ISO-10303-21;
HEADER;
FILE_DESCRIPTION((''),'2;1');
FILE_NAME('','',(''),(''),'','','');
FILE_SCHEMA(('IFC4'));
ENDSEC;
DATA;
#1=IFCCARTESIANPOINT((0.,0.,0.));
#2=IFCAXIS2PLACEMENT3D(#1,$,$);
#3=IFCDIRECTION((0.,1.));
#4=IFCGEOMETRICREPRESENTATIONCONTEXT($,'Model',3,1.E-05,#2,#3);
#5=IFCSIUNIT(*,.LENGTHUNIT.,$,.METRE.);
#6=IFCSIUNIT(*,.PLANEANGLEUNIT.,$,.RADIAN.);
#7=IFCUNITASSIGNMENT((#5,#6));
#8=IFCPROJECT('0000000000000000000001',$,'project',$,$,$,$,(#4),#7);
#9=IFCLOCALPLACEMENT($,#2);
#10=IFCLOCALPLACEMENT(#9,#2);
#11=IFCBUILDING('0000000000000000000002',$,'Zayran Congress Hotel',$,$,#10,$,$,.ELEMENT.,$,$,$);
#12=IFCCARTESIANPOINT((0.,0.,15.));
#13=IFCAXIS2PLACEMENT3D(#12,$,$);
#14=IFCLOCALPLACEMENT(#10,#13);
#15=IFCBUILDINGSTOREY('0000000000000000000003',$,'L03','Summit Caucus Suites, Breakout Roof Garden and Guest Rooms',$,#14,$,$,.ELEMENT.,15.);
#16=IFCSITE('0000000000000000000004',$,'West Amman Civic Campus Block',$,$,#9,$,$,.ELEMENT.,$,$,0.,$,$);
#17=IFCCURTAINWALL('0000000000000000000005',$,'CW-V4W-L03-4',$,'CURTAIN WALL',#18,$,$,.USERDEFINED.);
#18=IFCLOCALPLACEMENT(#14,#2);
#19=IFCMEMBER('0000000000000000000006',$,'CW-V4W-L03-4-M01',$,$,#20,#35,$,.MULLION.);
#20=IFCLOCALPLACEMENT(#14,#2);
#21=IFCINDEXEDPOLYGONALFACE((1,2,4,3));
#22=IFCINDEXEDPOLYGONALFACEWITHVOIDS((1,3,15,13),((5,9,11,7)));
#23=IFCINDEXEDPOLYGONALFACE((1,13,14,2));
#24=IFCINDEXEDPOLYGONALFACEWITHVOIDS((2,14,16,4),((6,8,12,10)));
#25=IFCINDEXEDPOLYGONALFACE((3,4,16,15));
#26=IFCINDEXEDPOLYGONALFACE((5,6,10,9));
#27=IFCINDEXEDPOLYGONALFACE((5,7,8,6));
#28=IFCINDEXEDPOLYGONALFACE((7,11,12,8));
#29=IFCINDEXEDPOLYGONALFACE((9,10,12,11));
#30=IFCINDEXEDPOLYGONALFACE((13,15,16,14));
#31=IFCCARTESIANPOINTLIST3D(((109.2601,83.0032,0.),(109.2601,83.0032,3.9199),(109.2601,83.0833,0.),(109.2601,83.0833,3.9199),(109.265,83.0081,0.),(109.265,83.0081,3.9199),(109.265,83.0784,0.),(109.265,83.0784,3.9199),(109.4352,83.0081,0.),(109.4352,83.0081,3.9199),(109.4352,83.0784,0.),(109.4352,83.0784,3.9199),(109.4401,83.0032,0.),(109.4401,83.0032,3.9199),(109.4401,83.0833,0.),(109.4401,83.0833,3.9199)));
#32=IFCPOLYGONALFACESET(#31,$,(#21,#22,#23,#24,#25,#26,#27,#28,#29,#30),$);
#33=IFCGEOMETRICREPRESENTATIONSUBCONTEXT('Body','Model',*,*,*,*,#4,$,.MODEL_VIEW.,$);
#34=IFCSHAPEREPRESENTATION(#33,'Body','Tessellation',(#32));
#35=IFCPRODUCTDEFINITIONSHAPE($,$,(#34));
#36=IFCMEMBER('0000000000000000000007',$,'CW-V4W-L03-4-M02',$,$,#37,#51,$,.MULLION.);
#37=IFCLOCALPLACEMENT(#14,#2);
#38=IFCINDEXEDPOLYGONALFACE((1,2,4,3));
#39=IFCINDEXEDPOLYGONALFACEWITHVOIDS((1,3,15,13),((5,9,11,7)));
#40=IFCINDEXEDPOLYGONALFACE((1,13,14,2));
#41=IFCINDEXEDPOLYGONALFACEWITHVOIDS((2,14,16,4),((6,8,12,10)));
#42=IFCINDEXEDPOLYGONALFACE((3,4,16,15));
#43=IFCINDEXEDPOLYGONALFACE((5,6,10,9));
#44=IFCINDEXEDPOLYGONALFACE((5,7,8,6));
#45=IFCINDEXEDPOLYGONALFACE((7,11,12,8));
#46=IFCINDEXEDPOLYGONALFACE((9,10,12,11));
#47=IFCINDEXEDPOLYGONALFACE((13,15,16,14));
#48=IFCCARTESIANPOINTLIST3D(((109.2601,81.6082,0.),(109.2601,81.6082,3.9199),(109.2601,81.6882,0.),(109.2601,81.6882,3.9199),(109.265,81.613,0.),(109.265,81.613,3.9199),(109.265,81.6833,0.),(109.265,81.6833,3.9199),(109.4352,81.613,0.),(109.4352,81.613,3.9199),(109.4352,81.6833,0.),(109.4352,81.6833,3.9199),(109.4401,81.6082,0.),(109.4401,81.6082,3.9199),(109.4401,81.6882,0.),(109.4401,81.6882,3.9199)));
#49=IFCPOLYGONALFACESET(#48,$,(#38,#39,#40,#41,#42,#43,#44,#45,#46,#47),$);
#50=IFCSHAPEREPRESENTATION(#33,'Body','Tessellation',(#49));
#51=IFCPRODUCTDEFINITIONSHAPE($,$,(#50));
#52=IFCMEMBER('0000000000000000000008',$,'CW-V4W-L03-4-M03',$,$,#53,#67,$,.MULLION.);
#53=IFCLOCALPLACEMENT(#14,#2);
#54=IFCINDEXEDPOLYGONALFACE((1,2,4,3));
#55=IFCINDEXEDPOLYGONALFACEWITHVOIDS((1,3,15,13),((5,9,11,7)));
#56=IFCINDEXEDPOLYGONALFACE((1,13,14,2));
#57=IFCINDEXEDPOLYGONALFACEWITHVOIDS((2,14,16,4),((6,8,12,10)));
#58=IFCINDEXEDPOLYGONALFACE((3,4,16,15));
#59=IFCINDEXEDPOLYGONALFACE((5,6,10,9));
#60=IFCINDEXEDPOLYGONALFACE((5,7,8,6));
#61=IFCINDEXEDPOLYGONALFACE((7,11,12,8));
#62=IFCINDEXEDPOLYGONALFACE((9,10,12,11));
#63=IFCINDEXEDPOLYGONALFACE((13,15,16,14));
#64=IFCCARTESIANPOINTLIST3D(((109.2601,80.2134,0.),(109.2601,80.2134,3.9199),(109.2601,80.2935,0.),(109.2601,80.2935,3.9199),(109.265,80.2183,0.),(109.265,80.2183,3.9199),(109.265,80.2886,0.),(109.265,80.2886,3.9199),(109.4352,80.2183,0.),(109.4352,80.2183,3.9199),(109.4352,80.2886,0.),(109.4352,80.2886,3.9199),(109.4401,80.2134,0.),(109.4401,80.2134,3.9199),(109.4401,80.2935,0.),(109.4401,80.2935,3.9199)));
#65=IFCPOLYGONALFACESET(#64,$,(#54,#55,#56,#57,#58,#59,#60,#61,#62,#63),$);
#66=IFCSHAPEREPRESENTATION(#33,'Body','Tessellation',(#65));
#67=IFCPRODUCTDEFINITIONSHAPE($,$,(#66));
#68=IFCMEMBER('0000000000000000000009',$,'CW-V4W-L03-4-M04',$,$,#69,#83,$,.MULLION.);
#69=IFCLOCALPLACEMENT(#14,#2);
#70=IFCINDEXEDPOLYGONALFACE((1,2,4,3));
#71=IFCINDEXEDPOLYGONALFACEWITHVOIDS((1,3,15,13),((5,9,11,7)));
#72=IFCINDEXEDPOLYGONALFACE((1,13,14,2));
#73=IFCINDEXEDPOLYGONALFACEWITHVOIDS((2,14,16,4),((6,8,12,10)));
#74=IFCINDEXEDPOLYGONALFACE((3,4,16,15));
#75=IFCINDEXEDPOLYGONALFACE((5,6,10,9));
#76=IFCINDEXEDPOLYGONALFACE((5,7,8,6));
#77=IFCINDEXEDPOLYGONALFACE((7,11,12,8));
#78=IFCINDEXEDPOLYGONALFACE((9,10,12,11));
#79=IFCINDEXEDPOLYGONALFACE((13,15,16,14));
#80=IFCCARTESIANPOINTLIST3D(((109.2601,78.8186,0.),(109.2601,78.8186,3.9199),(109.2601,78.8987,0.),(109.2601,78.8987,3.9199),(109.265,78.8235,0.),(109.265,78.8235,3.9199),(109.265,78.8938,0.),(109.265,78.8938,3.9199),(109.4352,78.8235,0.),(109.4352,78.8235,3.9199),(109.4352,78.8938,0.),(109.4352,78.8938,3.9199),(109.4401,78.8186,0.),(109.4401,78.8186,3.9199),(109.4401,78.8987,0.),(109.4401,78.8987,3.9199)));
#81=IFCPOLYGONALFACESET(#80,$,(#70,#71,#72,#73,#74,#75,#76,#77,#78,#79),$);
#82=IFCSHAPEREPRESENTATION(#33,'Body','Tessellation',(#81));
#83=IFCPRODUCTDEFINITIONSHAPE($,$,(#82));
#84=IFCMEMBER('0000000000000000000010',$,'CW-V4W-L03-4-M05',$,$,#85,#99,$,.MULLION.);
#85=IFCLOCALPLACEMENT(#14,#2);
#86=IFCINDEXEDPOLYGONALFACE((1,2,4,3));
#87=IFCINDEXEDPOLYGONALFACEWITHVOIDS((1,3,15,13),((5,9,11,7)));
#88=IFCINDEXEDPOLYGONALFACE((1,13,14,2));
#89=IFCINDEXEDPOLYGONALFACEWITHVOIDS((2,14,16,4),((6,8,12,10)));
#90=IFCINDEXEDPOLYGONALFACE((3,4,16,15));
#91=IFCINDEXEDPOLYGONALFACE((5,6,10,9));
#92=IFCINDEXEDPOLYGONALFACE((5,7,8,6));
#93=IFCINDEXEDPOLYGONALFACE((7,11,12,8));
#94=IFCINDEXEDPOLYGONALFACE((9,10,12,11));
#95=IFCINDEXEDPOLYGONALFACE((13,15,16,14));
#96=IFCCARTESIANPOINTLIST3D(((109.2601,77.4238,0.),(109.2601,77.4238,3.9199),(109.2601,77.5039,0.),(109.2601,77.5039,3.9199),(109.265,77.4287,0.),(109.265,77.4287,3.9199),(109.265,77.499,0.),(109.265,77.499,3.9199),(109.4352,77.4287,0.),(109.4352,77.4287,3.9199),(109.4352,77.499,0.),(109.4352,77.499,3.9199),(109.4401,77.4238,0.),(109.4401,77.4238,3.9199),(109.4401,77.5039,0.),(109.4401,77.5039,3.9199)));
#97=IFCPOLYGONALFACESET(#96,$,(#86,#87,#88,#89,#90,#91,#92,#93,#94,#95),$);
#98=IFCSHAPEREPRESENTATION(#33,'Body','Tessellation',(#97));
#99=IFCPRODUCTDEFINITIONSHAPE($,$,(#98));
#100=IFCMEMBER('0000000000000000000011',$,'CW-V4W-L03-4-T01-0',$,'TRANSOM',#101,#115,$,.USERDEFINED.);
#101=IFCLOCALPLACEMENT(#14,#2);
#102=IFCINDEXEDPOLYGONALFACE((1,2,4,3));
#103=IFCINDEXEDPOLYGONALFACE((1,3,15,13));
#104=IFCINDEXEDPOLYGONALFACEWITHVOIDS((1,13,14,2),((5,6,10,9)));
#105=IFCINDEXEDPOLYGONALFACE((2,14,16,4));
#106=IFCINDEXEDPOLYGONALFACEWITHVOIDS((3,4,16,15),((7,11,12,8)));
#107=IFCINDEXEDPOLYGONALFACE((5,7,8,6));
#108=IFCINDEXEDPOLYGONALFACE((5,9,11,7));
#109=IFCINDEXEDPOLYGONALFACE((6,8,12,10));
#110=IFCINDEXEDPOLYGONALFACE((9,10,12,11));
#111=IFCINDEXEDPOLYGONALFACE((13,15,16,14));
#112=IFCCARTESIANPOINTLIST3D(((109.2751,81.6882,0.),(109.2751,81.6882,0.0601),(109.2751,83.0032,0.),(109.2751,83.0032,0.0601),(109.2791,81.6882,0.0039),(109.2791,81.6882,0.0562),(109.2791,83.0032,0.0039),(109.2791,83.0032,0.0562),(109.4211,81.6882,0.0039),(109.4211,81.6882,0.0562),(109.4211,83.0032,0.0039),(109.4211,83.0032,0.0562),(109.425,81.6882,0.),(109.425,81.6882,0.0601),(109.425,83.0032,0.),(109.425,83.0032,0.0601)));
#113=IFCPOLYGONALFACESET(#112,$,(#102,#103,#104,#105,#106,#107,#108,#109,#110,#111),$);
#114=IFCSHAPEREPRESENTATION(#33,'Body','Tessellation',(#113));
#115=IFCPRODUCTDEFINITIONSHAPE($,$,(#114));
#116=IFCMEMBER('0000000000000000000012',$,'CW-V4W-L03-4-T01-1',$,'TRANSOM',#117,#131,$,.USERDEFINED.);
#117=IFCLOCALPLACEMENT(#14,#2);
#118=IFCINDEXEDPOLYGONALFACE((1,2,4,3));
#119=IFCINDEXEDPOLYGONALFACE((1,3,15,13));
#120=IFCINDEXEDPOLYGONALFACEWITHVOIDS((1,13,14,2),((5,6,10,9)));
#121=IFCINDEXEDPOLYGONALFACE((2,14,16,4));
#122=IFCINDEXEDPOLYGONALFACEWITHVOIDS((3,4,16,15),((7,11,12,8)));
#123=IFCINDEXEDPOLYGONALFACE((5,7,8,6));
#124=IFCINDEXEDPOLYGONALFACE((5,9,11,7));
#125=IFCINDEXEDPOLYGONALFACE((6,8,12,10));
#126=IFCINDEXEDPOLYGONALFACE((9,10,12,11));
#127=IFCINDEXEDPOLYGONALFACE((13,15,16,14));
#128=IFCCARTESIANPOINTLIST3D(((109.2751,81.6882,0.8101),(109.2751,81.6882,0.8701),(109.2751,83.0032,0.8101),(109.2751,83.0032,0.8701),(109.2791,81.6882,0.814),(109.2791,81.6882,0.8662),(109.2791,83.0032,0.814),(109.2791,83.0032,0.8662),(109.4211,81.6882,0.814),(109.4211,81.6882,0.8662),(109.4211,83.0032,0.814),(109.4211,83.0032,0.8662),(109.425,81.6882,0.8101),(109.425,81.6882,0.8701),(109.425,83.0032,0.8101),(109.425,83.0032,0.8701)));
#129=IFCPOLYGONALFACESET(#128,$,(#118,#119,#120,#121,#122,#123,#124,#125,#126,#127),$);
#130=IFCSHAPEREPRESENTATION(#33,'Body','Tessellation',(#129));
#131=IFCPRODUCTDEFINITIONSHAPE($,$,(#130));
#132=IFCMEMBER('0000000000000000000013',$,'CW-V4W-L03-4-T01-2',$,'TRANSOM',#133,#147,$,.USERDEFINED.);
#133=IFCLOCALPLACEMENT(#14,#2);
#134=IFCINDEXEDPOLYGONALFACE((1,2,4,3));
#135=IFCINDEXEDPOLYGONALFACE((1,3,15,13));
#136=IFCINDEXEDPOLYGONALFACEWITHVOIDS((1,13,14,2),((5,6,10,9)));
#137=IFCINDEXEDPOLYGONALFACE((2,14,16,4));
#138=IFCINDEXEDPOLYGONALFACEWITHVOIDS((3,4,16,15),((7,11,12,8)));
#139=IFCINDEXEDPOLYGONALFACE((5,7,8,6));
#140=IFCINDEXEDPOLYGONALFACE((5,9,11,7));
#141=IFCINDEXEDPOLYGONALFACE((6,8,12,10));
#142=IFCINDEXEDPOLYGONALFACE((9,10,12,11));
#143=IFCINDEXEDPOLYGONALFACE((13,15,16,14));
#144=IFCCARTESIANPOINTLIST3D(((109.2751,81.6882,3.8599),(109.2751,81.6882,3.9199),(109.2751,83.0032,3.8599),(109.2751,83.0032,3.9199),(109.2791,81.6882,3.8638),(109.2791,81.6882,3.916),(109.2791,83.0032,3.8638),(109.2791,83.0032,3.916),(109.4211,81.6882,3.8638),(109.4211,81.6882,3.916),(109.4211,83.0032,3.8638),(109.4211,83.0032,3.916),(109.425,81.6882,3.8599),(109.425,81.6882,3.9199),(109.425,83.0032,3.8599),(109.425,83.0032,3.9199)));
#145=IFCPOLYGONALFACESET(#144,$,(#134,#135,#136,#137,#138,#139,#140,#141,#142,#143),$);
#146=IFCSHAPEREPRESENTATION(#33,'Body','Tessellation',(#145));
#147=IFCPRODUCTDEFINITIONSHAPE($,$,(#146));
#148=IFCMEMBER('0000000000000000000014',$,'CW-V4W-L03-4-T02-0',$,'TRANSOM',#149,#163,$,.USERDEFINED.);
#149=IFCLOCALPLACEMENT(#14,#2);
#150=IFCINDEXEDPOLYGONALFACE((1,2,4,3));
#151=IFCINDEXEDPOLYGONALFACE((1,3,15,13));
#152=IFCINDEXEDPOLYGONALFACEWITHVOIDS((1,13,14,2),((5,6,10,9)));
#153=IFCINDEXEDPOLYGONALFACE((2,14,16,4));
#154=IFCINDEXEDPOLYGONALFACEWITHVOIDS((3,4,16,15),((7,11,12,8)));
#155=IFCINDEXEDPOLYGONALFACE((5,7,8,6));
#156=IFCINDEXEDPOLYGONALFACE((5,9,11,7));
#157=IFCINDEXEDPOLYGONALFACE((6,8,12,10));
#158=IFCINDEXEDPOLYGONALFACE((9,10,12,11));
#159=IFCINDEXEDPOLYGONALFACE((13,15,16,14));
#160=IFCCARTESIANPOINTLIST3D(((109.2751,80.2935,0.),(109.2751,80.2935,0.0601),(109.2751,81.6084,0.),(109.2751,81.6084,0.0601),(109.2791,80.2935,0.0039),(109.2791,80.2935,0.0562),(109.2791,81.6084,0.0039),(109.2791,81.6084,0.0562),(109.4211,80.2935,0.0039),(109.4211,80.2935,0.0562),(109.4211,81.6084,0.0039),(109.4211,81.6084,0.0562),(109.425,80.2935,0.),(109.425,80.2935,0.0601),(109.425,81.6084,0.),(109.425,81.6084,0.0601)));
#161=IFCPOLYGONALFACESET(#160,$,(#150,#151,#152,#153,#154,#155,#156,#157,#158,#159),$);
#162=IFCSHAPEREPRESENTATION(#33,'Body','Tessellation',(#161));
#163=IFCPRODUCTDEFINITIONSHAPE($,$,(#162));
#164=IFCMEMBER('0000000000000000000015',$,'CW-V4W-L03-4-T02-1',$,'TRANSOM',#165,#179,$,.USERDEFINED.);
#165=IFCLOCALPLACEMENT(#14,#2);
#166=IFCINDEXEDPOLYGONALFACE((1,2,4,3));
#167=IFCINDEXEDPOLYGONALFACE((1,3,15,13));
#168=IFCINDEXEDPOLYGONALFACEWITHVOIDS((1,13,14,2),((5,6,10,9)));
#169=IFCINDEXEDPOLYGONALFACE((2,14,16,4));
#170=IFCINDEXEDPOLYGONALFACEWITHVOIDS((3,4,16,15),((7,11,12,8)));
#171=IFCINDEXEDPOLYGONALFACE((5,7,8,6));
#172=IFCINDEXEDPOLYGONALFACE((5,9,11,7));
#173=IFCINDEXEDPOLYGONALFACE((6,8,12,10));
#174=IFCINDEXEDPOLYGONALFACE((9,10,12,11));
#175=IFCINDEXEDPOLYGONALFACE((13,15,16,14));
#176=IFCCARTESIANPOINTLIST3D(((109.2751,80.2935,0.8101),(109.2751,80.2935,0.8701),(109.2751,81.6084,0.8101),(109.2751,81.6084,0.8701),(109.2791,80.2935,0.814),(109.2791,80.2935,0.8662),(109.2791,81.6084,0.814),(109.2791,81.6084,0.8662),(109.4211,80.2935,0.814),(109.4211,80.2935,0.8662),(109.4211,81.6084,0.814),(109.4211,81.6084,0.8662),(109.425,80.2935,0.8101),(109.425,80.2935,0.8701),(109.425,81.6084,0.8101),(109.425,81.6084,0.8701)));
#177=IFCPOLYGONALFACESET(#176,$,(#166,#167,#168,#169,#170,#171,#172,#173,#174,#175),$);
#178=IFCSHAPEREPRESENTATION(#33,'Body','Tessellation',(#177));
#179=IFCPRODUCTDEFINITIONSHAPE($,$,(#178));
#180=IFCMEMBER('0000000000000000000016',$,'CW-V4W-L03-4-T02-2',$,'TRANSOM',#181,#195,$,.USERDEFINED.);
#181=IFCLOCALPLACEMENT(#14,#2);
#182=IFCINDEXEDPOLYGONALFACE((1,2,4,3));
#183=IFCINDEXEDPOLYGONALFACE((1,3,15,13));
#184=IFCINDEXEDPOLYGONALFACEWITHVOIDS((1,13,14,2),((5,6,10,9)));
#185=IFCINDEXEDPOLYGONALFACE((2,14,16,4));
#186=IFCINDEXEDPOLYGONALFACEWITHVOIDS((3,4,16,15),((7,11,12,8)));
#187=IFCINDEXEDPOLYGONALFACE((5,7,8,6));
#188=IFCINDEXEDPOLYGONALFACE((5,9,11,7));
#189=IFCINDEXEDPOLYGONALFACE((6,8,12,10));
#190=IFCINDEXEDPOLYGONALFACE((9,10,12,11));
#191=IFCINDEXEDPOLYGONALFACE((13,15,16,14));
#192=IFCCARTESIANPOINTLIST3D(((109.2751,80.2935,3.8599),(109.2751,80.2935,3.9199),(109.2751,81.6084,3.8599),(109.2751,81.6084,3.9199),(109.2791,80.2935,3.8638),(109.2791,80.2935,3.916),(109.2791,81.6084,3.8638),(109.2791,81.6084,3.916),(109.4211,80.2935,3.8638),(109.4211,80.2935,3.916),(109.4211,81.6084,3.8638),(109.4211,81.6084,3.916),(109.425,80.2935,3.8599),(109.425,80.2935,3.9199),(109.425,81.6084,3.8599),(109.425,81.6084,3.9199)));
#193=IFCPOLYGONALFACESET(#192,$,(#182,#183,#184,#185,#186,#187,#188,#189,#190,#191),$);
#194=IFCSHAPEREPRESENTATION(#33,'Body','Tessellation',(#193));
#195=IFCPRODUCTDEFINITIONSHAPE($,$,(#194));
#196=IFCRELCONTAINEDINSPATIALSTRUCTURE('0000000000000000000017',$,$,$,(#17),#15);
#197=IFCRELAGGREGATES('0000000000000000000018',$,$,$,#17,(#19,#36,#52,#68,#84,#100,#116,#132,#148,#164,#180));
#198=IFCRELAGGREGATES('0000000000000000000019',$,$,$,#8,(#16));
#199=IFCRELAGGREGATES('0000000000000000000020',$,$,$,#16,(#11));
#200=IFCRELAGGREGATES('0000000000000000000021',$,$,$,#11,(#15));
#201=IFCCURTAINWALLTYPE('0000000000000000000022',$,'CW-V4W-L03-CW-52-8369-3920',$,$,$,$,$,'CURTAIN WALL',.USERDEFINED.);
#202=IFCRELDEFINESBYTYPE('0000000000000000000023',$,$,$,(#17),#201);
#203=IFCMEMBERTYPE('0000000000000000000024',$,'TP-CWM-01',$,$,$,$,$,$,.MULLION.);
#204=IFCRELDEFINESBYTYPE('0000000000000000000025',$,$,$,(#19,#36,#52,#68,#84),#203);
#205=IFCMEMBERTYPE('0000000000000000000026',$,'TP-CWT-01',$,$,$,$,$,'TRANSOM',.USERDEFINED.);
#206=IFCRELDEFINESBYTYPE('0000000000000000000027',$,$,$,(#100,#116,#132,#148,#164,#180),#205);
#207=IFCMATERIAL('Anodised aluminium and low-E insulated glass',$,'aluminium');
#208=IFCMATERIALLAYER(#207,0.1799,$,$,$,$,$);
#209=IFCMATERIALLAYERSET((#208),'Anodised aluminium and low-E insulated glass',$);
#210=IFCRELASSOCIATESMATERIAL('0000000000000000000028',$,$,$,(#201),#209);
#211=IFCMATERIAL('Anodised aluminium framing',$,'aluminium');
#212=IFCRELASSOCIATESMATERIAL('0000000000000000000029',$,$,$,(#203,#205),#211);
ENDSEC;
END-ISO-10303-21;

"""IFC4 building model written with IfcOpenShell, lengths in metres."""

from ifc_helpers import new_model, si_unit, direction, frame, origin, origin_2d, place, context, subcontext, project, spatial, hollow_rectangle, extrude, material, layer, layer_set, material_profile, profile_set, type_object, element, aggregate, save


model = new_model("IFC4")

# Units and contexts
model_context = context("Model", 3, precision=1e-05, world=origin(), true_north=direction((0.0, 1.0)))
body_context = subcontext(model_context, "Body", "Model", "MODEL_VIEW")
ifc_project = project(units=[si_unit("LENGTHUNIT", "METRE"), si_unit("PLANEANGLEUNIT", "RADIAN")], contexts=[model_context])

# Site, building, storey
site_placement = place(None, origin())
site = spatial("IfcSite", under=ifc_project, at=site_placement, Name="West Amman Civic Campus Block", CompositionType="ELEMENT", RefElevation=0.0)
building_placement = place(site_placement, origin())
building = spatial("IfcBuilding", under=site, at=building_placement, Name="Zayran Congress Hotel", CompositionType="ELEMENT")
storey_placement = place(building_placement, frame((0.0, 0.0, 15.0)))
storey = spatial("IfcBuildingStorey", under=building, at=storey_placement, Name="L03", Description="Summit Caucus Suites, Breakout Roof Garden and Guest Rooms", CompositionType="ELEMENT", Elevation=15.0)

# Curtain wall, members
ifc_material_1 = material(Name="Anodised aluminium and low-E insulated glass", Category="aluminium")
ifc_layer_1 = layer(ifc_material_1, 0.1799)
ifc_layer_set_1 = layer_set([ifc_layer_1], Name="Anodised aluminium and low-E insulated glass")
curtain_wall_type = type_object("IfcCurtainWallType", Name="CW-V4W-L03-CW-52-8369-3920", ElementType="CURTAIN WALL", PredefinedType="USERDEFINED", material=ifc_layer_set_1)
curtain_wall_placement = place(storey_placement, origin())
curtain_wall = element("IfcCurtainWall", 1, at=curtain_wall_placement, inside=storey, type_object=curtain_wall_type, Name="CW-V4W-L03-4", ObjectType="CURTAIN WALL", PredefinedType="USERDEFINED")
ifc_material_2 = material(Name="Anodised aluminium framing", Category="aluminium")
ifc_material_profile_1 = material_profile(ifc_material_2, hollow_rectangle(XDim=0.0801, YDim=0.1799, WallThickness=0.0049, at=origin_2d()), Name="RHS 180x80x5")
ifc_profile_set_1 = profile_set([ifc_material_profile_1], Name="Anodised aluminium framing")
member_type_1 = type_object("IfcMemberType", Name="TP-CWM-01", PredefinedType="MULLION", material=ifc_profile_set_1)
member_1_placement = place(storey_placement, frame((109.3501, 83.0432, 0.0), z_axis=(0.0, 0.0, 1.0), x_axis=(0.0, 1.0, 0.0)))
member_1 = element("IfcMember", 2, at=member_1_placement, type_object=member_type_1, Name="CW-V4W-L03-4-M01", PredefinedType="MULLION", context=body_context, shape_type="SweptSolid", body=[
    extrude(hollow_rectangle(XDim=0.0801, YDim=0.1799, WallThickness=0.0049, at=origin_2d()), origin(), (0.0, 0.0, 1.0), 3.9199),
])
member_2_placement = place(storey_placement, frame((109.3501, 81.6482, 0.0), z_axis=(0.0, 0.0, 1.0), x_axis=(0.0, 1.0, 0.0)))
member_2 = element("IfcMember", 3, at=member_2_placement, type_object=member_type_1, Name="CW-V4W-L03-4-M02", PredefinedType="MULLION", context=body_context, shape_type="SweptSolid", body=[
    extrude(hollow_rectangle(XDim=0.0801, YDim=0.1799, WallThickness=0.0049, at=origin_2d()), origin(), (0.0, 0.0, 1.0), 3.9199),
])
member_3_placement = place(storey_placement, frame((109.3501, 80.2534, 0.0), z_axis=(0.0, 0.0, 1.0), x_axis=(0.0, 1.0, 0.0)))
member_3 = element("IfcMember", 4, at=member_3_placement, type_object=member_type_1, Name="CW-V4W-L03-4-M03", PredefinedType="MULLION", context=body_context, shape_type="SweptSolid", body=[
    extrude(hollow_rectangle(XDim=0.0801, YDim=0.1799, WallThickness=0.0049, at=origin_2d()), origin(), (0.0, 0.0, 1.0), 3.9199),
])
member_4_placement = place(storey_placement, frame((109.3501, 78.8586, 0.0), z_axis=(0.0, 0.0, 1.0), x_axis=(0.0, 1.0, 0.0)))
member_4 = element("IfcMember", 5, at=member_4_placement, type_object=member_type_1, Name="CW-V4W-L03-4-M04", PredefinedType="MULLION", context=body_context, shape_type="SweptSolid", body=[
    extrude(hollow_rectangle(XDim=0.0801, YDim=0.1799, WallThickness=0.0049, at=origin_2d()), origin(), (0.0, 0.0, 1.0), 3.9199),
])
member_5_placement = place(storey_placement, frame((109.3501, 77.4639, 0.0), z_axis=(0.0, 0.0, 1.0), x_axis=(0.0, 1.0, 0.0)))
member_5 = element("IfcMember", 6, at=member_5_placement, type_object=member_type_1, Name="CW-V4W-L03-4-M05", PredefinedType="MULLION", context=body_context, shape_type="SweptSolid", body=[
    extrude(hollow_rectangle(XDim=0.0801, YDim=0.1799, WallThickness=0.0049, at=origin_2d()), origin(), (0.0, 0.0, 1.0), 3.9199),
])
ifc_material_profile_2 = material_profile(ifc_material_2, hollow_rectangle(XDim=0.0601, YDim=0.1499, WallThickness=0.0039, at=origin_2d()), Name="RHS 150x60x4")
ifc_profile_set_2 = profile_set([ifc_material_profile_2], Name="Anodised aluminium framing")
member_type_2 = type_object("IfcMemberType", Name="TP-CWT-01", ElementType="TRANSOM", PredefinedType="USERDEFINED", material=ifc_profile_set_2)
member_6_placement = place(storey_placement, frame((109.3501, 83.0032, 0.03), z_axis=(0.0, -1.0, 0.0), x_axis=(0.0, 0.0, 1.0)))
member_6 = element("IfcMember", 7, at=member_6_placement, type_object=member_type_2, Name="CW-V4W-L03-4-T01-0", ObjectType="TRANSOM", PredefinedType="USERDEFINED", context=body_context, shape_type="SweptSolid", body=[
    extrude(hollow_rectangle(XDim=0.0601, YDim=0.1499, WallThickness=0.0039, at=origin_2d()), origin(), (0.0, 0.0, 1.0), 1.3149),
])
member_7_placement = place(storey_placement, frame((109.3501, 83.0032, 0.8401), z_axis=(0.0, -1.0, 0.0), x_axis=(0.0, 0.0, 1.0)))
member_7 = element("IfcMember", 8, at=member_7_placement, type_object=member_type_2, Name="CW-V4W-L03-4-T01-1", ObjectType="TRANSOM", PredefinedType="USERDEFINED", context=body_context, shape_type="SweptSolid", body=[
    extrude(hollow_rectangle(XDim=0.0601, YDim=0.1499, WallThickness=0.0039, at=origin_2d()), origin(), (0.0, 0.0, 1.0), 1.3149),
])
member_8_placement = place(storey_placement, frame((109.3501, 83.0032, 3.8899), z_axis=(0.0, -1.0, 0.0), x_axis=(0.0, 0.0, 1.0)))
member_8 = element("IfcMember", 9, at=member_8_placement, type_object=member_type_2, Name="CW-V4W-L03-4-T01-2", ObjectType="TRANSOM", PredefinedType="USERDEFINED", context=body_context, shape_type="SweptSolid", body=[
    extrude(hollow_rectangle(XDim=0.0601, YDim=0.1499, WallThickness=0.0039, at=origin_2d()), origin(), (0.0, 0.0, 1.0), 1.3149),
])
member_9_placement = place(storey_placement, frame((109.3501, 81.6084, 0.03), z_axis=(0.0, -1.0, 0.0), x_axis=(0.0, 0.0, 1.0)))
member_9 = element("IfcMember", 10, at=member_9_placement, type_object=member_type_2, Name="CW-V4W-L03-4-T02-0", ObjectType="TRANSOM", PredefinedType="USERDEFINED", context=body_context, shape_type="SweptSolid", body=[
    extrude(hollow_rectangle(XDim=0.0601, YDim=0.1499, WallThickness=0.0039, at=origin_2d()), origin(), (0.0, 0.0, 1.0), 1.3149),
])
member_10_placement = place(storey_placement, frame((109.3501, 81.6084, 0.8401), z_axis=(0.0, -1.0, 0.0), x_axis=(0.0, 0.0, 1.0)))
member_10 = element("IfcMember", 11, at=member_10_placement, type_object=member_type_2, Name="CW-V4W-L03-4-T02-1", ObjectType="TRANSOM", PredefinedType="USERDEFINED", context=body_context, shape_type="SweptSolid", body=[
    extrude(hollow_rectangle(XDim=0.0601, YDim=0.1499, WallThickness=0.0039, at=origin_2d()), origin(), (0.0, 0.0, 1.0), 1.3149),
])
member_11_placement = place(storey_placement, frame((109.3501, 81.6084, 3.8899), z_axis=(0.0, -1.0, 0.0), x_axis=(0.0, 0.0, 1.0)))
member_11 = element("IfcMember", 12, at=member_11_placement, type_object=member_type_2, Name="CW-V4W-L03-4-T02-2", ObjectType="TRANSOM", PredefinedType="USERDEFINED", context=body_context, shape_type="SweptSolid", body=[
    extrude(hollow_rectangle(XDim=0.0601, YDim=0.1499, WallThickness=0.0039, at=origin_2d()), origin(), (0.0, 0.0, 1.0), 1.3149),
])
aggregate(curtain_wall, [member_1, member_2, member_3, member_4, member_5, member_6, member_7, member_8, member_9, member_10, member_11])

save(model, "model.ifc")
